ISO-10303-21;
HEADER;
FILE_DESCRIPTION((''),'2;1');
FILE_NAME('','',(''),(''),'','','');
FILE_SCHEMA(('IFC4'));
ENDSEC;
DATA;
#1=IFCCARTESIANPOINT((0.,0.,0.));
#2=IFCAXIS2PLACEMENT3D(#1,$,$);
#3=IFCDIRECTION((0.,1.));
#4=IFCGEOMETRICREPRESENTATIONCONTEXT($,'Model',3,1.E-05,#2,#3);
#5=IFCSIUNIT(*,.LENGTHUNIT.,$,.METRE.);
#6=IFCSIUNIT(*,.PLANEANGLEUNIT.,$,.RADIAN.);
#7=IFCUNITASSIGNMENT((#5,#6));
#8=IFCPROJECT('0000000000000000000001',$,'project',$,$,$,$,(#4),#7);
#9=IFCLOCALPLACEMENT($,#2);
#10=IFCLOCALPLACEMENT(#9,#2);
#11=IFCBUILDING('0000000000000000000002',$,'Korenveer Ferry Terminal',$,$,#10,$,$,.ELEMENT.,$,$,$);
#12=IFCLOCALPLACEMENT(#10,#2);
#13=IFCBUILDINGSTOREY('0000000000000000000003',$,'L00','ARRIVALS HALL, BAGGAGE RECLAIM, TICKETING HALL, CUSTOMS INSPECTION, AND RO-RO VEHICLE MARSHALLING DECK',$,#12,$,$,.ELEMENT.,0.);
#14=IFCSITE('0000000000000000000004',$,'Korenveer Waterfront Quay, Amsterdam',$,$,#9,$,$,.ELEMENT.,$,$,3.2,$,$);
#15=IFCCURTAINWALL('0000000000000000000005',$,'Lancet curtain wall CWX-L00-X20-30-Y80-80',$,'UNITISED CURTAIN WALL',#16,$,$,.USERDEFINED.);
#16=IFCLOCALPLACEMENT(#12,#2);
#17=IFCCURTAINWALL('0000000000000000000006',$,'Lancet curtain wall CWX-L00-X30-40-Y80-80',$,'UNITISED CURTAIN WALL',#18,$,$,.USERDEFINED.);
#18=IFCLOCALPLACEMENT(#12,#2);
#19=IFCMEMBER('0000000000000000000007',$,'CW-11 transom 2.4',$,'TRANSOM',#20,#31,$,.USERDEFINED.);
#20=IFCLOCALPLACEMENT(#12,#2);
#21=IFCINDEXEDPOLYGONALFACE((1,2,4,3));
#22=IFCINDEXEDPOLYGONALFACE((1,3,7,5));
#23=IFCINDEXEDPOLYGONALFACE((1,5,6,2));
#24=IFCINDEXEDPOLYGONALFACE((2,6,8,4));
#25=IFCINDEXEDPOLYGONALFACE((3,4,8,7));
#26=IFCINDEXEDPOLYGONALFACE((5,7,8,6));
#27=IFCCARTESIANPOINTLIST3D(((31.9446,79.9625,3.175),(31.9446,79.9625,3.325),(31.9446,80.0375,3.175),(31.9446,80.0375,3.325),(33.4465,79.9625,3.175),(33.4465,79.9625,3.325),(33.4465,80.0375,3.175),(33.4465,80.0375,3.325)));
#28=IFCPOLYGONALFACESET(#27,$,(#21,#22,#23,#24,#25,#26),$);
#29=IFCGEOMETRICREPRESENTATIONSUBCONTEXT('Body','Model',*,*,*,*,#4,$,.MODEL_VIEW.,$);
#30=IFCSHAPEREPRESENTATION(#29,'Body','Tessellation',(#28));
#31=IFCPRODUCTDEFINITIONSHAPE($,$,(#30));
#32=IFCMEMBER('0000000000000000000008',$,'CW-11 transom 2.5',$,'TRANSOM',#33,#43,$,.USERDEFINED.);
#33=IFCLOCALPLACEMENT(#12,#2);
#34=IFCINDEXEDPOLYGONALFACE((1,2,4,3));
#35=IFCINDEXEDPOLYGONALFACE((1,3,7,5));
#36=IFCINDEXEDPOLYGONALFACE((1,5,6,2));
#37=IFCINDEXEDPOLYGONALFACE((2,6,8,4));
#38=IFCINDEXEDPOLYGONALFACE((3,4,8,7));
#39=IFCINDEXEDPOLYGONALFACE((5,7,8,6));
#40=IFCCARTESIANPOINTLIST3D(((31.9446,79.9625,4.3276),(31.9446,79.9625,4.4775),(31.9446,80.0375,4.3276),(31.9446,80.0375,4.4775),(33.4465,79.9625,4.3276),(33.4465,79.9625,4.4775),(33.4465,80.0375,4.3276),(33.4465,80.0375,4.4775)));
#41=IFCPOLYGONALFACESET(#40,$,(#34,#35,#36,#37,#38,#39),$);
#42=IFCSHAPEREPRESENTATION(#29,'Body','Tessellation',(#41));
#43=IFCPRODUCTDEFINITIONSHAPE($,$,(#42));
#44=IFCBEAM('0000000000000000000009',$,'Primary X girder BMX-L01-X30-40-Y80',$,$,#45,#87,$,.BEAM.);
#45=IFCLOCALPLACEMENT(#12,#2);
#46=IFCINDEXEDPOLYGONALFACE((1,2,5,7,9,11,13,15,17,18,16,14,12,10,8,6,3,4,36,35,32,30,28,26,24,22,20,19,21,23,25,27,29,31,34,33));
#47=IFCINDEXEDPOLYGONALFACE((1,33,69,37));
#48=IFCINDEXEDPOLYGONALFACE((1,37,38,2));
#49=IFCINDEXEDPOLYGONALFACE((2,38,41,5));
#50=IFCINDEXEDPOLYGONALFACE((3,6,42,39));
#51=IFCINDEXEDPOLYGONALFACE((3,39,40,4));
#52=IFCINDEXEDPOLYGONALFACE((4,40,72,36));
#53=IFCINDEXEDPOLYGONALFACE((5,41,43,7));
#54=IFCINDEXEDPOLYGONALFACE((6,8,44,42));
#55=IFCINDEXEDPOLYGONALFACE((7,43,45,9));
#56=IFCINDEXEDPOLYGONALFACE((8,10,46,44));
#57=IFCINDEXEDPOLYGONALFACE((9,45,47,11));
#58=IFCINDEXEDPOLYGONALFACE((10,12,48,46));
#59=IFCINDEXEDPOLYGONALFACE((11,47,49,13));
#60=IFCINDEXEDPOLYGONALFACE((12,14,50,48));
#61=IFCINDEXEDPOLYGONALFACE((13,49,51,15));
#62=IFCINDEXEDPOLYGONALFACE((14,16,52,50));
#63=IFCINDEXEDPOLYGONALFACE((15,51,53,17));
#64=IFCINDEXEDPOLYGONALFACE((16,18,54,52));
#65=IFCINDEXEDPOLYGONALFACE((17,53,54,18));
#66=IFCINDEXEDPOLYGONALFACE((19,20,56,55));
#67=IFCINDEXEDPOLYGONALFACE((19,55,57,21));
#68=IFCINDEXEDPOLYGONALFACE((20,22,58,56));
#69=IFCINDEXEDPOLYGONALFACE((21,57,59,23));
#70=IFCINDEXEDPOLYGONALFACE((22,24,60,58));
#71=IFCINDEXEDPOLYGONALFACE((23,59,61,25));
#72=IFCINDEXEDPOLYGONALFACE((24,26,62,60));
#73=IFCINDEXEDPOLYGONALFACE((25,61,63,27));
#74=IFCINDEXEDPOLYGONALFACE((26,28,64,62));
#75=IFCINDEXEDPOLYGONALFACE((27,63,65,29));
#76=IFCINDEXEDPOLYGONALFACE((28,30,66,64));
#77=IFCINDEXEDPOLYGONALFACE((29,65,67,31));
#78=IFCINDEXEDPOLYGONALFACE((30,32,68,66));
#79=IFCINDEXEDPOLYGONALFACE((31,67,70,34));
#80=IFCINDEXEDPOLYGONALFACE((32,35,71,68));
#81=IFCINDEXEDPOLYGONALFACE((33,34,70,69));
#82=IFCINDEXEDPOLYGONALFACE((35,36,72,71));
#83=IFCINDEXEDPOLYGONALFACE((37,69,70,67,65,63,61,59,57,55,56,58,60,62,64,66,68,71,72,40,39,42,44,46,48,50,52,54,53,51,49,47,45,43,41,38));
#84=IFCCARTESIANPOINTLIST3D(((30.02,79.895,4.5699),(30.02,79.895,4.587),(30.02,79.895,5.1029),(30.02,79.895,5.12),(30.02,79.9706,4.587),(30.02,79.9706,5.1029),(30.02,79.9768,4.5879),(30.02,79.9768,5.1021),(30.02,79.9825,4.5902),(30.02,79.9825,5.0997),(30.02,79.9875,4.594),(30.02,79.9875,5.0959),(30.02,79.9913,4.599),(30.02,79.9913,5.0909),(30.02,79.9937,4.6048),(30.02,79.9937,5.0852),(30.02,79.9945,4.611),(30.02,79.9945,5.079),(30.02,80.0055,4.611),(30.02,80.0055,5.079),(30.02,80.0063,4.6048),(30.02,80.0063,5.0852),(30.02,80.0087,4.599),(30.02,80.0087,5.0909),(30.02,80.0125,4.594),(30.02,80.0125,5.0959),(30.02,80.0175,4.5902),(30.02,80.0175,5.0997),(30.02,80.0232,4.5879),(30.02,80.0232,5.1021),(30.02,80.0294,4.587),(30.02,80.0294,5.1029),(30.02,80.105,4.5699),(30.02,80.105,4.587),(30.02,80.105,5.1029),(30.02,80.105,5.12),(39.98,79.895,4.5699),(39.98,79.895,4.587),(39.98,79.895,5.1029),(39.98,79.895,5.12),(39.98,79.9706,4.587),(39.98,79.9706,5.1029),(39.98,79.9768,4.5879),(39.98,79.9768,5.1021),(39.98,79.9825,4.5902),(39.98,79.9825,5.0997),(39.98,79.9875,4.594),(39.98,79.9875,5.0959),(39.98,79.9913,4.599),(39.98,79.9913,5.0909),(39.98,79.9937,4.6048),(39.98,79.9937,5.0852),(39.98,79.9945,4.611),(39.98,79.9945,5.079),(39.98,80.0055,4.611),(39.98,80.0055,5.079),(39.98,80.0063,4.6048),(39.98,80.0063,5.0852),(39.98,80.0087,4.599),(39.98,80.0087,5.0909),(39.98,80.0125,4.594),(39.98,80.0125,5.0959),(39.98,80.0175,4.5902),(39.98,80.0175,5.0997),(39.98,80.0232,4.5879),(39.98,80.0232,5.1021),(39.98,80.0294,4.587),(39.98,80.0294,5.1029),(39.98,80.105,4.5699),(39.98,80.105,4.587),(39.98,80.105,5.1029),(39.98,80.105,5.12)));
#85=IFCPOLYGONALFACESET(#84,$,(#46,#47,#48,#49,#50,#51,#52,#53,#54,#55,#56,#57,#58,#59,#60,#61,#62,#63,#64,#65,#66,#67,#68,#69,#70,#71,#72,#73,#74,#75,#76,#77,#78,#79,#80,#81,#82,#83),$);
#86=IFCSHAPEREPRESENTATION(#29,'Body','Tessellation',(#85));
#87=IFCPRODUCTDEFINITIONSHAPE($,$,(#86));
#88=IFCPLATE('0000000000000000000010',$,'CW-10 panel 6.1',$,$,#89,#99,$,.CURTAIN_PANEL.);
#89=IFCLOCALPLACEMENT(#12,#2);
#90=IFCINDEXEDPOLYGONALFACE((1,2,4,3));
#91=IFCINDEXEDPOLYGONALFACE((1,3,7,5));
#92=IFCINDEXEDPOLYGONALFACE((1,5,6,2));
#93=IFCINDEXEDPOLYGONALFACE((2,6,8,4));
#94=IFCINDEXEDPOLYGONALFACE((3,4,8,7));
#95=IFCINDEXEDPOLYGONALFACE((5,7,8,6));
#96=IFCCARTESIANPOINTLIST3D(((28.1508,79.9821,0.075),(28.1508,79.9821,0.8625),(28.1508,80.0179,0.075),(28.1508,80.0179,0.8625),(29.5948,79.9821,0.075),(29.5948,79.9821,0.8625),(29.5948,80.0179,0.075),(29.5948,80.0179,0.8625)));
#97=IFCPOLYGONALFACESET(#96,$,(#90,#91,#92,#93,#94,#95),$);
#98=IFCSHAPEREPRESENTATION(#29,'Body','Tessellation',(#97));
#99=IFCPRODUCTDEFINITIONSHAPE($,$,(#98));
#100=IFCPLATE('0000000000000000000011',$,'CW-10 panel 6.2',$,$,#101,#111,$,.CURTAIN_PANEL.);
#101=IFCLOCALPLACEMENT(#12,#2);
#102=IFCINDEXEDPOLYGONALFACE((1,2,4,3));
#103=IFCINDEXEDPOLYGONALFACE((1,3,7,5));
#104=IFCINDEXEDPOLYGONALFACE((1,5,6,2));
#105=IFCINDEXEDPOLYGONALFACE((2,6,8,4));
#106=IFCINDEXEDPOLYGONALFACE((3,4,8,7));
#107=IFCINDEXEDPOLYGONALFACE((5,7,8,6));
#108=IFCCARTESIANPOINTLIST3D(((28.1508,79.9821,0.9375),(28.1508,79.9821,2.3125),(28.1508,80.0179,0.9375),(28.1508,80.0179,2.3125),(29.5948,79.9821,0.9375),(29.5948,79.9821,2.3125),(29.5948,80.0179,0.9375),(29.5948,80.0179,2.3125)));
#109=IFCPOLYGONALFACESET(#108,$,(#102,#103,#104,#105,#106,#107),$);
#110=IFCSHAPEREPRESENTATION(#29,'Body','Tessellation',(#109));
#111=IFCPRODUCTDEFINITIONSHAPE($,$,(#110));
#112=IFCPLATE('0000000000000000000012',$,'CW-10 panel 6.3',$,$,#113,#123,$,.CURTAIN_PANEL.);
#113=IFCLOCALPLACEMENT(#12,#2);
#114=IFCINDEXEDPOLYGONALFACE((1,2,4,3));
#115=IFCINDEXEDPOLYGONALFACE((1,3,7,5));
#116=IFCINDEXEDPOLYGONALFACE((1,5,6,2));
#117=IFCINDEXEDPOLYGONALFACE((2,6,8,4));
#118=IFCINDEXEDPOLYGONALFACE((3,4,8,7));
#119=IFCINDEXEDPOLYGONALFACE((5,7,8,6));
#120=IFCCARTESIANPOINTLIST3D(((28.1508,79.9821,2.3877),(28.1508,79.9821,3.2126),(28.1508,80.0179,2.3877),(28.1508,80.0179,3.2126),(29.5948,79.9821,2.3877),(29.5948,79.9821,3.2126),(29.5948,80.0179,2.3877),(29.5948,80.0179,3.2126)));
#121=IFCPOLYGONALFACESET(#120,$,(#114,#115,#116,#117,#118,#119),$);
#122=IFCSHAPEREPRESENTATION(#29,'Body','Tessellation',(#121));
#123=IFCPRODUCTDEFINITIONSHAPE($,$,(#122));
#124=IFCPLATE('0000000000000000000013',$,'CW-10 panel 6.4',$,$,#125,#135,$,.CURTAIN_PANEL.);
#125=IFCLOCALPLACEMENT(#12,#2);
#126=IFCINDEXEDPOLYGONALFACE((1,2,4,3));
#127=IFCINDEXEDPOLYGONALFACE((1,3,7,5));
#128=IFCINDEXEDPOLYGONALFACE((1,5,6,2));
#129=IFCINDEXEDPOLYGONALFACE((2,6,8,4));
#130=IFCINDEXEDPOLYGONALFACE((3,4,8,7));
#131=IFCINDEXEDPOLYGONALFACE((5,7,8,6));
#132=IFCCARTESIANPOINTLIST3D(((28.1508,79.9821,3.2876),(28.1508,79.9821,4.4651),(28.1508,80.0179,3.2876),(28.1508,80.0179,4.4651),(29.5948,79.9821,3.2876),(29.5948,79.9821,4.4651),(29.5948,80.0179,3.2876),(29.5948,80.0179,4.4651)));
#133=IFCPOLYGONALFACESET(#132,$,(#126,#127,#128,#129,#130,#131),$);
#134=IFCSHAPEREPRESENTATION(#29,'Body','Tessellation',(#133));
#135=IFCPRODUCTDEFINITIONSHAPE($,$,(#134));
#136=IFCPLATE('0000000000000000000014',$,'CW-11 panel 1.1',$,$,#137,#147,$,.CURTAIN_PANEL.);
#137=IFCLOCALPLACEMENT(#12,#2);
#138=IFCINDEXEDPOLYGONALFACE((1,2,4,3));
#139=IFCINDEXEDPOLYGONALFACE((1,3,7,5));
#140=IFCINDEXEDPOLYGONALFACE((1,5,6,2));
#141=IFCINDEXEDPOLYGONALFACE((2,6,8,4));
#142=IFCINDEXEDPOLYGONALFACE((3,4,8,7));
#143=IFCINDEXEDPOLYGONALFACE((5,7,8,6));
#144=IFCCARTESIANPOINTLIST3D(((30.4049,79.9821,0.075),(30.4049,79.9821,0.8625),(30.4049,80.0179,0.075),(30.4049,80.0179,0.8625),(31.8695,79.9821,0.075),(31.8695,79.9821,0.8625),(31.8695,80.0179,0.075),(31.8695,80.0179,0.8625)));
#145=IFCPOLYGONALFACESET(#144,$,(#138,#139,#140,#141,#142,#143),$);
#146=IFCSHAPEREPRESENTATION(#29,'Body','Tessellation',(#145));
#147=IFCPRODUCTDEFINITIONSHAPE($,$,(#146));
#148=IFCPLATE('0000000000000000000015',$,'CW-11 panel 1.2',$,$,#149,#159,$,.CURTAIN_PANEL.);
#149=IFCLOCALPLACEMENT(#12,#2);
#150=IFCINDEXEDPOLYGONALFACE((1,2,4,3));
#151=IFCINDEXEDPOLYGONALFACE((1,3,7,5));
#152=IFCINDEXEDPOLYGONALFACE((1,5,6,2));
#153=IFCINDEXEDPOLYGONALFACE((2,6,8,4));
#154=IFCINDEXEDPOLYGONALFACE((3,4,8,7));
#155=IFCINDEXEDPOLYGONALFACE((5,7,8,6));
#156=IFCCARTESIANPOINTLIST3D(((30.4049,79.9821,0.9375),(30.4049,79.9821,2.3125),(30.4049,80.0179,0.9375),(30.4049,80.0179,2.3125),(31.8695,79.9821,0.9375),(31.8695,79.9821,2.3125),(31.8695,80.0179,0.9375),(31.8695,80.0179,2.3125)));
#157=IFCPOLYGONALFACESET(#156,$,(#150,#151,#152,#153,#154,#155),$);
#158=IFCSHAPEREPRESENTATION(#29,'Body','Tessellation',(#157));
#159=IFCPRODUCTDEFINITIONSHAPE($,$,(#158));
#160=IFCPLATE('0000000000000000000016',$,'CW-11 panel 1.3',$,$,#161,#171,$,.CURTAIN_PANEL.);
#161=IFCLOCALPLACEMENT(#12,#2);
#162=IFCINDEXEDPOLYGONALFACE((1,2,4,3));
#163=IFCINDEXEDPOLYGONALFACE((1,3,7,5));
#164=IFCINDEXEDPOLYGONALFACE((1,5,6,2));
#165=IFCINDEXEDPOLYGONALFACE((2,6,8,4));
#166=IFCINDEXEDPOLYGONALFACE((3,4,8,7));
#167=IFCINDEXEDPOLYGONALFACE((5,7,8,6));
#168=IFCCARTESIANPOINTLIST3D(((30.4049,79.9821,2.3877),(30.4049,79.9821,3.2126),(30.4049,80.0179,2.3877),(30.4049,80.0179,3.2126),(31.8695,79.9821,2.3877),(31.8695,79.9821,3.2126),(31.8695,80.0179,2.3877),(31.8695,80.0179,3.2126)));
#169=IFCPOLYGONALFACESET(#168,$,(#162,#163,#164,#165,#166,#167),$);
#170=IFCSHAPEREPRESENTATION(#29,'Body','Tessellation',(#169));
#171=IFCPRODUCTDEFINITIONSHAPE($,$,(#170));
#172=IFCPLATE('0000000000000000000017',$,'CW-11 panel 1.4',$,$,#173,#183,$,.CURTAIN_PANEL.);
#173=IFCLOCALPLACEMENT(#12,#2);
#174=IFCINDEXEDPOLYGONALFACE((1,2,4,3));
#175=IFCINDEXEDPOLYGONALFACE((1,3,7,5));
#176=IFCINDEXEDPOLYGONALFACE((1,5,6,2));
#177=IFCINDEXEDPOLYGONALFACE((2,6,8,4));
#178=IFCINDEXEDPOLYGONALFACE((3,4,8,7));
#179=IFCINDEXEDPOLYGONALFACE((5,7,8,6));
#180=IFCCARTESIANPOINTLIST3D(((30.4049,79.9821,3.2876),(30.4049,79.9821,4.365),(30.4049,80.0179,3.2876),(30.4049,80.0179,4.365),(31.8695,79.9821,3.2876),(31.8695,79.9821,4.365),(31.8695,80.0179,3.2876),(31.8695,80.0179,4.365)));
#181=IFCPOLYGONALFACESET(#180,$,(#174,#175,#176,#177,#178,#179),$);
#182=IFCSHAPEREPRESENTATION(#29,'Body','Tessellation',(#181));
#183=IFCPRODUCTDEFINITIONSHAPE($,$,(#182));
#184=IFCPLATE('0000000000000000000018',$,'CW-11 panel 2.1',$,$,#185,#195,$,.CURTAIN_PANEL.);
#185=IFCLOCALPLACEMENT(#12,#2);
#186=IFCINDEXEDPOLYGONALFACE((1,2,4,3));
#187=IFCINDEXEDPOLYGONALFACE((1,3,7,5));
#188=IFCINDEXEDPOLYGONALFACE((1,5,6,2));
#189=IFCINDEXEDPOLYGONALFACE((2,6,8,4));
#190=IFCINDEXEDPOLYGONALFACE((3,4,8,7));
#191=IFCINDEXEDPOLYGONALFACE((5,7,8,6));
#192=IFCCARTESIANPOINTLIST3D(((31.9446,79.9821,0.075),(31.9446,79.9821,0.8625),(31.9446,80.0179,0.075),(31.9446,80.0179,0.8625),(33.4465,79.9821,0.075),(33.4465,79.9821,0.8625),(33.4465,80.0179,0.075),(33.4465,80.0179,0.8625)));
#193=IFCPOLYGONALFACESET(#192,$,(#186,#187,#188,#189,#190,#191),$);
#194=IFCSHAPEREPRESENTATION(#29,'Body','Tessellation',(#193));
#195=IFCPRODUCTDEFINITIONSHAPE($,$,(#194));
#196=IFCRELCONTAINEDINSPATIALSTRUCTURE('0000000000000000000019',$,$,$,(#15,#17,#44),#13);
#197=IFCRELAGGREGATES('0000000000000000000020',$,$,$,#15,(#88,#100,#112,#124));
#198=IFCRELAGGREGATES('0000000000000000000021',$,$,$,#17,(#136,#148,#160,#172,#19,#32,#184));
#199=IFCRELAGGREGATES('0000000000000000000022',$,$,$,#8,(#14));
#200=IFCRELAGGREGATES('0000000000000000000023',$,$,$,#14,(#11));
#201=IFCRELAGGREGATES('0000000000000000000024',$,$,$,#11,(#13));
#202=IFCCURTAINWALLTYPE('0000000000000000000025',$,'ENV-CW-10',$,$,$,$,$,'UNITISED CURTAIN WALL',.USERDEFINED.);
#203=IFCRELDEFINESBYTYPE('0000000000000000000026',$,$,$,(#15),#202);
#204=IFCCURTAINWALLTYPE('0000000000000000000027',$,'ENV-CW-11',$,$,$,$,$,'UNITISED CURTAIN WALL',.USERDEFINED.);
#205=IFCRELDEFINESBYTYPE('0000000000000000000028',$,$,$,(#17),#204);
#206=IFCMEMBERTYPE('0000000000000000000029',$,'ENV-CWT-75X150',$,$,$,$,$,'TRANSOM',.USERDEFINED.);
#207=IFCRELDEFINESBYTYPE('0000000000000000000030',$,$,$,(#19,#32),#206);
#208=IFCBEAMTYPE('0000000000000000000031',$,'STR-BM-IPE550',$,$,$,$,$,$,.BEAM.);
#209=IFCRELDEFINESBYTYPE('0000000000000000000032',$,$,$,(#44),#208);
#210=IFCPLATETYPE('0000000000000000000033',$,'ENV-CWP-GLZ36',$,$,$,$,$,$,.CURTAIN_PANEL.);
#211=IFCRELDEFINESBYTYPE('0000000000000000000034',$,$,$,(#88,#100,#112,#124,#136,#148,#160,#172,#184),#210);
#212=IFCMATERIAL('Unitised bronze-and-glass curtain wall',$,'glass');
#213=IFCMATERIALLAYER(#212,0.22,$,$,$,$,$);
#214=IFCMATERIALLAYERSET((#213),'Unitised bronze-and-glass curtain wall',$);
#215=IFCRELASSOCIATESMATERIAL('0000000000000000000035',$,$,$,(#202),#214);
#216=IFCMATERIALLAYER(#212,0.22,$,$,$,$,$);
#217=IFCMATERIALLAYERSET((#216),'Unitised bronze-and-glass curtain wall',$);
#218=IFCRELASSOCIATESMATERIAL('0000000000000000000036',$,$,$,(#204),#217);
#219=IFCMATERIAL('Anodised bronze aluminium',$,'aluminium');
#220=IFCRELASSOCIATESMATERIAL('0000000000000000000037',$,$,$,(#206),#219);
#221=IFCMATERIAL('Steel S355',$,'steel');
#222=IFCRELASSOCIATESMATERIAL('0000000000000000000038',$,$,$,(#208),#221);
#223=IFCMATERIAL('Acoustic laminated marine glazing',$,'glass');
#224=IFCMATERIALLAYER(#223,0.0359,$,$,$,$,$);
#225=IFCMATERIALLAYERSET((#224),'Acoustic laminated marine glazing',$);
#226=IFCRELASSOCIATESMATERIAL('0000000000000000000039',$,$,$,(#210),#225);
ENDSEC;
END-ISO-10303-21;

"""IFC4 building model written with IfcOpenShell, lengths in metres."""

from ifc_helpers import new_model, si_unit, direction, frame, origin, origin_2d, place, context, subcontext, project, spatial, rectangle, i_section, extrude, material, layer, layer_set, material_profile, profile_set, type_object, element, aggregate, save


model = new_model("IFC4")

# Units and contexts
model_context = context("Model", 3, precision=1e-05, world=origin(), true_north=direction((0.0, 1.0)))
body_context = subcontext(model_context, "Body", "Model", "MODEL_VIEW")
ifc_project = project(units=[si_unit("LENGTHUNIT", "METRE"), si_unit("PLANEANGLEUNIT", "RADIAN")], contexts=[model_context])

# Site, building, storey
site_placement = place(None, origin())
site = spatial("IfcSite", under=ifc_project, at=site_placement, Name="Korenveer Waterfront Quay, Amsterdam", CompositionType="ELEMENT", RefElevation=3.2)
building_placement = place(site_placement, origin())
building = spatial("IfcBuilding", under=site, at=building_placement, Name="Korenveer Ferry Terminal", CompositionType="ELEMENT")
storey_placement = place(building_placement, origin())
storey = spatial("IfcBuildingStorey", under=building, at=storey_placement, Name="L00", Description="ARRIVALS HALL, BAGGAGE RECLAIM, TICKETING HALL, CUSTOMS INSPECTION, AND RO-RO VEHICLE MARSHALLING DECK", CompositionType="ELEMENT", Elevation=0.0)

# Curtain wall
ifc_material_1 = material(Name="Unitised bronze-and-glass curtain wall", Category="glass")
ifc_layer_1 = layer(ifc_material_1, 0.22)
ifc_layer_set_1 = layer_set([ifc_layer_1], Name="Unitised bronze-and-glass curtain wall")
curtain_wall_type_1 = type_object("IfcCurtainWallType", Name="ENV-CW-10", ElementType="UNITISED CURTAIN WALL", PredefinedType="USERDEFINED", material=ifc_layer_set_1)
curtain_wall_1_placement = place(storey_placement, frame((20.3301, 80.0, 0.0)))
curtain_wall_1 = element("IfcCurtainWall", 1, at=curtain_wall_1_placement, inside=storey, type_object=curtain_wall_type_1, Name="Lancet curtain wall CWX-L00-X20-30-Y80-80", ObjectType="UNITISED CURTAIN WALL", PredefinedType="USERDEFINED")
ifc_material_2 = material(Name="Anodised bronze aluminium", Category="aluminium")

# Curtain wall
ifc_layer_2 = layer(ifc_material_1, 0.22)
ifc_layer_set_2 = layer_set([ifc_layer_2], Name="Unitised bronze-and-glass curtain wall")
curtain_wall_type_2 = type_object("IfcCurtainWallType", Name="ENV-CW-11", ElementType="UNITISED CURTAIN WALL", PredefinedType="USERDEFINED", material=ifc_layer_set_2)
curtain_wall_2_placement = place(storey_placement, frame((30.3301, 80.0, 0.0)))
curtain_wall_2 = element("IfcCurtainWall", 2, at=curtain_wall_2_placement, inside=storey, type_object=curtain_wall_type_2, Name="Lancet curtain wall CWX-L00-X30-40-Y80-80", ObjectType="UNITISED CURTAIN WALL", PredefinedType="USERDEFINED")

# Members
ifc_material_profile_1 = material_profile(ifc_material_2, rectangle(XDim=0.075, YDim=0.1499, at=origin_2d()), Name="ALU 75x150")
ifc_profile_set_1 = profile_set([ifc_material_profile_1], Name="Anodised bronze aluminium")
member_type_1 = type_object("IfcMemberType", Name="ENV-CWT-75X150", ElementType="TRANSOM", PredefinedType="USERDEFINED", material=ifc_profile_set_1)
member_1_placement = place(storey_placement, frame((31.9446, 80.0, 3.25), z_axis=(1.0, 0.0, 0.0), x_axis=(0.0, 1.0, 0.0)))
member_1 = element("IfcMember", 3, at=member_1_placement, type_object=member_type_1, Name="CW-11 transom 2.4", ObjectType="TRANSOM", PredefinedType="USERDEFINED", context=body_context, shape_type="SweptSolid", body=[
    extrude(rectangle(XDim=0.075, YDim=0.1499, at=origin_2d()), origin(), (0.0, 0.0, 1.0), 1.502),
])
member_2_placement = place(storey_placement, frame((31.9446, 80.0, 4.4026), z_axis=(1.0, 0.0, 0.0), x_axis=(0.0, 1.0, 0.0)))
member_2 = element("IfcMember", 4, at=member_2_placement, type_object=member_type_1, Name="CW-11 transom 2.5", ObjectType="TRANSOM", PredefinedType="USERDEFINED", context=body_context, shape_type="SweptSolid", body=[
    extrude(rectangle(XDim=0.075, YDim=0.1499, at=origin_2d()), origin(), (0.0, 0.0, 1.0), 1.502),
])

# Beam
ifc_material_3 = material(Name="Steel S355", Category="steel")
ifc_material_profile_2 = material_profile(ifc_material_3, i_section(OverallWidth=0.21, OverallDepth=0.55, WebThickness=0.011, FlangeThickness=0.0171, FilletRadius=0.0239, at=origin_2d()), Name="IPE 550")
ifc_profile_set_2 = profile_set([ifc_material_profile_2], Name="Steel S355")
beam_type = type_object("IfcBeamType", Name="STR-BM-IPE550", PredefinedType="BEAM", material=ifc_profile_set_2)
beam_placement = place(storey_placement, frame((30.02, 80.0, 4.845), z_axis=(1.0, 0.0, 0.0), x_axis=(0.0, 1.0, 0.0)))
element("IfcBeam", 5, at=beam_placement, inside=storey, type_object=beam_type, Name="Primary X girder BMX-L01-X30-40-Y80", PredefinedType="BEAM", context=body_context, shape_type="SweptSolid", body=[
    extrude(i_section(OverallWidth=0.21, OverallDepth=0.55, WebThickness=0.011, FlangeThickness=0.0171, FilletRadius=0.0239, at=origin_2d()), origin(), (0.0, 0.0, 1.0), 9.96),
])

# Plates
ifc_material_4 = material(Name="Acoustic laminated marine glazing", Category="glass")
ifc_layer_3 = layer(ifc_material_4, 0.0359)
ifc_layer_set_3 = layer_set([ifc_layer_3], Name="Acoustic laminated marine glazing")
plate_type = type_object("IfcPlateType", Name="ENV-CWP-GLZ36", PredefinedType="CURTAIN_PANEL", material=ifc_layer_set_3)
plate_1_placement = place(storey_placement, frame((28.8728, 80.0, 0.075), z_axis=(0.0, 0.0, 1.0), x_axis=(1.0, 0.0, 0.0)))
plate_1 = element("IfcPlate", 6, at=plate_1_placement, type_object=plate_type, Name="CW-10 panel 6.1", PredefinedType="CURTAIN_PANEL", context=body_context, shape_type="SweptSolid", body=[
    extrude(rectangle(XDim=1.4441, YDim=0.0359, at=origin_2d()), origin(), (0.0, 0.0, 1.0), 0.7876),
])
plate_2_placement = place(storey_placement, frame((28.8728, 80.0, 0.9375), z_axis=(0.0, 0.0, 1.0), x_axis=(1.0, 0.0, 0.0)))
plate_2 = element("IfcPlate", 7, at=plate_2_placement, type_object=plate_type, Name="CW-10 panel 6.2", PredefinedType="CURTAIN_PANEL", context=body_context, shape_type="SweptSolid", body=[
    extrude(rectangle(XDim=1.4441, YDim=0.0359, at=origin_2d()), origin(), (0.0, 0.0, 1.0), 1.375),
])
plate_3_placement = place(storey_placement, frame((28.8728, 80.0, 2.3877), z_axis=(0.0, 0.0, 1.0), x_axis=(1.0, 0.0, 0.0)))
plate_3 = element("IfcPlate", 8, at=plate_3_placement, type_object=plate_type, Name="CW-10 panel 6.3", PredefinedType="CURTAIN_PANEL", context=body_context, shape_type="SweptSolid", body=[
    extrude(rectangle(XDim=1.4441, YDim=0.0359, at=origin_2d()), origin(), (0.0, 0.0, 1.0), 0.825),
])
plate_4_placement = place(storey_placement, frame((28.8728, 80.0, 3.2876), z_axis=(0.0, 0.0, 1.0), x_axis=(1.0, 0.0, 0.0)))
plate_4 = element("IfcPlate", 9, at=plate_4_placement, type_object=plate_type, Name="CW-10 panel 6.4", PredefinedType="CURTAIN_PANEL", context=body_context, shape_type="SweptSolid", body=[
    extrude(rectangle(XDim=1.4441, YDim=0.0359, at=origin_2d()), origin(), (0.0, 0.0, 1.0), 1.1775),
])
aggregate(curtain_wall_1, [plate_1, plate_2, plate_3, plate_4])
plate_5_placement = place(storey_placement, frame((31.1372, 80.0, 0.075), z_axis=(0.0, 0.0, 1.0), x_axis=(1.0, 0.0, 0.0)))
plate_5 = element("IfcPlate", 10, at=plate_5_placement, type_object=plate_type, Name="CW-11 panel 1.1", PredefinedType="CURTAIN_PANEL", context=body_context, shape_type="SweptSolid", body=[
    extrude(rectangle(XDim=1.4646, YDim=0.0359, at=origin_2d()), origin(), (0.0, 0.0, 1.0), 0.7876),
])
plate_6_placement = place(storey_placement, frame((31.1372, 80.0, 0.9375), z_axis=(0.0, 0.0, 1.0), x_axis=(1.0, 0.0, 0.0)))
plate_6 = element("IfcPlate", 11, at=plate_6_placement, type_object=plate_type, Name="CW-11 panel 1.2", PredefinedType="CURTAIN_PANEL", context=body_context, shape_type="SweptSolid", body=[
    extrude(rectangle(XDim=1.4646, YDim=0.0359, at=origin_2d()), origin(), (0.0, 0.0, 1.0), 1.375),
])
plate_7_placement = place(storey_placement, frame((31.1372, 80.0, 2.3877), z_axis=(0.0, 0.0, 1.0), x_axis=(1.0, 0.0, 0.0)))
plate_7 = element("IfcPlate", 12, at=plate_7_placement, type_object=plate_type, Name="CW-11 panel 1.3", PredefinedType="CURTAIN_PANEL", context=body_context, shape_type="SweptSolid", body=[
    extrude(rectangle(XDim=1.4646, YDim=0.0359, at=origin_2d()), origin(), (0.0, 0.0, 1.0), 0.825),
])
plate_8_placement = place(storey_placement, frame((31.1372, 80.0, 3.2876), z_axis=(0.0, 0.0, 1.0), x_axis=(1.0, 0.0, 0.0)))
plate_8 = element("IfcPlate", 13, at=plate_8_placement, type_object=plate_type, Name="CW-11 panel 1.4", PredefinedType="CURTAIN_PANEL", context=body_context, shape_type="SweptSolid", body=[
    extrude(rectangle(XDim=1.4646, YDim=0.0359, at=origin_2d()), origin(), (0.0, 0.0, 1.0), 1.0774),
])
plate_9_placement = place(storey_placement, frame((32.6956, 80.0, 0.075), z_axis=(0.0, 0.0, 1.0), x_axis=(1.0, 0.0, 0.0)))
plate_9 = element("IfcPlate", 14, at=plate_9_placement, type_object=plate_type, Name="CW-11 panel 2.1", PredefinedType="CURTAIN_PANEL", context=body_context, shape_type="SweptSolid", body=[
    extrude(rectangle(XDim=1.502, YDim=0.0359, at=origin_2d()), origin(), (0.0, 0.0, 1.0), 0.7876),
])
aggregate(curtain_wall_2, [plate_5, plate_6, plate_7, plate_8, member_1, member_2, plate_9])

save(model, "model.ifc")
